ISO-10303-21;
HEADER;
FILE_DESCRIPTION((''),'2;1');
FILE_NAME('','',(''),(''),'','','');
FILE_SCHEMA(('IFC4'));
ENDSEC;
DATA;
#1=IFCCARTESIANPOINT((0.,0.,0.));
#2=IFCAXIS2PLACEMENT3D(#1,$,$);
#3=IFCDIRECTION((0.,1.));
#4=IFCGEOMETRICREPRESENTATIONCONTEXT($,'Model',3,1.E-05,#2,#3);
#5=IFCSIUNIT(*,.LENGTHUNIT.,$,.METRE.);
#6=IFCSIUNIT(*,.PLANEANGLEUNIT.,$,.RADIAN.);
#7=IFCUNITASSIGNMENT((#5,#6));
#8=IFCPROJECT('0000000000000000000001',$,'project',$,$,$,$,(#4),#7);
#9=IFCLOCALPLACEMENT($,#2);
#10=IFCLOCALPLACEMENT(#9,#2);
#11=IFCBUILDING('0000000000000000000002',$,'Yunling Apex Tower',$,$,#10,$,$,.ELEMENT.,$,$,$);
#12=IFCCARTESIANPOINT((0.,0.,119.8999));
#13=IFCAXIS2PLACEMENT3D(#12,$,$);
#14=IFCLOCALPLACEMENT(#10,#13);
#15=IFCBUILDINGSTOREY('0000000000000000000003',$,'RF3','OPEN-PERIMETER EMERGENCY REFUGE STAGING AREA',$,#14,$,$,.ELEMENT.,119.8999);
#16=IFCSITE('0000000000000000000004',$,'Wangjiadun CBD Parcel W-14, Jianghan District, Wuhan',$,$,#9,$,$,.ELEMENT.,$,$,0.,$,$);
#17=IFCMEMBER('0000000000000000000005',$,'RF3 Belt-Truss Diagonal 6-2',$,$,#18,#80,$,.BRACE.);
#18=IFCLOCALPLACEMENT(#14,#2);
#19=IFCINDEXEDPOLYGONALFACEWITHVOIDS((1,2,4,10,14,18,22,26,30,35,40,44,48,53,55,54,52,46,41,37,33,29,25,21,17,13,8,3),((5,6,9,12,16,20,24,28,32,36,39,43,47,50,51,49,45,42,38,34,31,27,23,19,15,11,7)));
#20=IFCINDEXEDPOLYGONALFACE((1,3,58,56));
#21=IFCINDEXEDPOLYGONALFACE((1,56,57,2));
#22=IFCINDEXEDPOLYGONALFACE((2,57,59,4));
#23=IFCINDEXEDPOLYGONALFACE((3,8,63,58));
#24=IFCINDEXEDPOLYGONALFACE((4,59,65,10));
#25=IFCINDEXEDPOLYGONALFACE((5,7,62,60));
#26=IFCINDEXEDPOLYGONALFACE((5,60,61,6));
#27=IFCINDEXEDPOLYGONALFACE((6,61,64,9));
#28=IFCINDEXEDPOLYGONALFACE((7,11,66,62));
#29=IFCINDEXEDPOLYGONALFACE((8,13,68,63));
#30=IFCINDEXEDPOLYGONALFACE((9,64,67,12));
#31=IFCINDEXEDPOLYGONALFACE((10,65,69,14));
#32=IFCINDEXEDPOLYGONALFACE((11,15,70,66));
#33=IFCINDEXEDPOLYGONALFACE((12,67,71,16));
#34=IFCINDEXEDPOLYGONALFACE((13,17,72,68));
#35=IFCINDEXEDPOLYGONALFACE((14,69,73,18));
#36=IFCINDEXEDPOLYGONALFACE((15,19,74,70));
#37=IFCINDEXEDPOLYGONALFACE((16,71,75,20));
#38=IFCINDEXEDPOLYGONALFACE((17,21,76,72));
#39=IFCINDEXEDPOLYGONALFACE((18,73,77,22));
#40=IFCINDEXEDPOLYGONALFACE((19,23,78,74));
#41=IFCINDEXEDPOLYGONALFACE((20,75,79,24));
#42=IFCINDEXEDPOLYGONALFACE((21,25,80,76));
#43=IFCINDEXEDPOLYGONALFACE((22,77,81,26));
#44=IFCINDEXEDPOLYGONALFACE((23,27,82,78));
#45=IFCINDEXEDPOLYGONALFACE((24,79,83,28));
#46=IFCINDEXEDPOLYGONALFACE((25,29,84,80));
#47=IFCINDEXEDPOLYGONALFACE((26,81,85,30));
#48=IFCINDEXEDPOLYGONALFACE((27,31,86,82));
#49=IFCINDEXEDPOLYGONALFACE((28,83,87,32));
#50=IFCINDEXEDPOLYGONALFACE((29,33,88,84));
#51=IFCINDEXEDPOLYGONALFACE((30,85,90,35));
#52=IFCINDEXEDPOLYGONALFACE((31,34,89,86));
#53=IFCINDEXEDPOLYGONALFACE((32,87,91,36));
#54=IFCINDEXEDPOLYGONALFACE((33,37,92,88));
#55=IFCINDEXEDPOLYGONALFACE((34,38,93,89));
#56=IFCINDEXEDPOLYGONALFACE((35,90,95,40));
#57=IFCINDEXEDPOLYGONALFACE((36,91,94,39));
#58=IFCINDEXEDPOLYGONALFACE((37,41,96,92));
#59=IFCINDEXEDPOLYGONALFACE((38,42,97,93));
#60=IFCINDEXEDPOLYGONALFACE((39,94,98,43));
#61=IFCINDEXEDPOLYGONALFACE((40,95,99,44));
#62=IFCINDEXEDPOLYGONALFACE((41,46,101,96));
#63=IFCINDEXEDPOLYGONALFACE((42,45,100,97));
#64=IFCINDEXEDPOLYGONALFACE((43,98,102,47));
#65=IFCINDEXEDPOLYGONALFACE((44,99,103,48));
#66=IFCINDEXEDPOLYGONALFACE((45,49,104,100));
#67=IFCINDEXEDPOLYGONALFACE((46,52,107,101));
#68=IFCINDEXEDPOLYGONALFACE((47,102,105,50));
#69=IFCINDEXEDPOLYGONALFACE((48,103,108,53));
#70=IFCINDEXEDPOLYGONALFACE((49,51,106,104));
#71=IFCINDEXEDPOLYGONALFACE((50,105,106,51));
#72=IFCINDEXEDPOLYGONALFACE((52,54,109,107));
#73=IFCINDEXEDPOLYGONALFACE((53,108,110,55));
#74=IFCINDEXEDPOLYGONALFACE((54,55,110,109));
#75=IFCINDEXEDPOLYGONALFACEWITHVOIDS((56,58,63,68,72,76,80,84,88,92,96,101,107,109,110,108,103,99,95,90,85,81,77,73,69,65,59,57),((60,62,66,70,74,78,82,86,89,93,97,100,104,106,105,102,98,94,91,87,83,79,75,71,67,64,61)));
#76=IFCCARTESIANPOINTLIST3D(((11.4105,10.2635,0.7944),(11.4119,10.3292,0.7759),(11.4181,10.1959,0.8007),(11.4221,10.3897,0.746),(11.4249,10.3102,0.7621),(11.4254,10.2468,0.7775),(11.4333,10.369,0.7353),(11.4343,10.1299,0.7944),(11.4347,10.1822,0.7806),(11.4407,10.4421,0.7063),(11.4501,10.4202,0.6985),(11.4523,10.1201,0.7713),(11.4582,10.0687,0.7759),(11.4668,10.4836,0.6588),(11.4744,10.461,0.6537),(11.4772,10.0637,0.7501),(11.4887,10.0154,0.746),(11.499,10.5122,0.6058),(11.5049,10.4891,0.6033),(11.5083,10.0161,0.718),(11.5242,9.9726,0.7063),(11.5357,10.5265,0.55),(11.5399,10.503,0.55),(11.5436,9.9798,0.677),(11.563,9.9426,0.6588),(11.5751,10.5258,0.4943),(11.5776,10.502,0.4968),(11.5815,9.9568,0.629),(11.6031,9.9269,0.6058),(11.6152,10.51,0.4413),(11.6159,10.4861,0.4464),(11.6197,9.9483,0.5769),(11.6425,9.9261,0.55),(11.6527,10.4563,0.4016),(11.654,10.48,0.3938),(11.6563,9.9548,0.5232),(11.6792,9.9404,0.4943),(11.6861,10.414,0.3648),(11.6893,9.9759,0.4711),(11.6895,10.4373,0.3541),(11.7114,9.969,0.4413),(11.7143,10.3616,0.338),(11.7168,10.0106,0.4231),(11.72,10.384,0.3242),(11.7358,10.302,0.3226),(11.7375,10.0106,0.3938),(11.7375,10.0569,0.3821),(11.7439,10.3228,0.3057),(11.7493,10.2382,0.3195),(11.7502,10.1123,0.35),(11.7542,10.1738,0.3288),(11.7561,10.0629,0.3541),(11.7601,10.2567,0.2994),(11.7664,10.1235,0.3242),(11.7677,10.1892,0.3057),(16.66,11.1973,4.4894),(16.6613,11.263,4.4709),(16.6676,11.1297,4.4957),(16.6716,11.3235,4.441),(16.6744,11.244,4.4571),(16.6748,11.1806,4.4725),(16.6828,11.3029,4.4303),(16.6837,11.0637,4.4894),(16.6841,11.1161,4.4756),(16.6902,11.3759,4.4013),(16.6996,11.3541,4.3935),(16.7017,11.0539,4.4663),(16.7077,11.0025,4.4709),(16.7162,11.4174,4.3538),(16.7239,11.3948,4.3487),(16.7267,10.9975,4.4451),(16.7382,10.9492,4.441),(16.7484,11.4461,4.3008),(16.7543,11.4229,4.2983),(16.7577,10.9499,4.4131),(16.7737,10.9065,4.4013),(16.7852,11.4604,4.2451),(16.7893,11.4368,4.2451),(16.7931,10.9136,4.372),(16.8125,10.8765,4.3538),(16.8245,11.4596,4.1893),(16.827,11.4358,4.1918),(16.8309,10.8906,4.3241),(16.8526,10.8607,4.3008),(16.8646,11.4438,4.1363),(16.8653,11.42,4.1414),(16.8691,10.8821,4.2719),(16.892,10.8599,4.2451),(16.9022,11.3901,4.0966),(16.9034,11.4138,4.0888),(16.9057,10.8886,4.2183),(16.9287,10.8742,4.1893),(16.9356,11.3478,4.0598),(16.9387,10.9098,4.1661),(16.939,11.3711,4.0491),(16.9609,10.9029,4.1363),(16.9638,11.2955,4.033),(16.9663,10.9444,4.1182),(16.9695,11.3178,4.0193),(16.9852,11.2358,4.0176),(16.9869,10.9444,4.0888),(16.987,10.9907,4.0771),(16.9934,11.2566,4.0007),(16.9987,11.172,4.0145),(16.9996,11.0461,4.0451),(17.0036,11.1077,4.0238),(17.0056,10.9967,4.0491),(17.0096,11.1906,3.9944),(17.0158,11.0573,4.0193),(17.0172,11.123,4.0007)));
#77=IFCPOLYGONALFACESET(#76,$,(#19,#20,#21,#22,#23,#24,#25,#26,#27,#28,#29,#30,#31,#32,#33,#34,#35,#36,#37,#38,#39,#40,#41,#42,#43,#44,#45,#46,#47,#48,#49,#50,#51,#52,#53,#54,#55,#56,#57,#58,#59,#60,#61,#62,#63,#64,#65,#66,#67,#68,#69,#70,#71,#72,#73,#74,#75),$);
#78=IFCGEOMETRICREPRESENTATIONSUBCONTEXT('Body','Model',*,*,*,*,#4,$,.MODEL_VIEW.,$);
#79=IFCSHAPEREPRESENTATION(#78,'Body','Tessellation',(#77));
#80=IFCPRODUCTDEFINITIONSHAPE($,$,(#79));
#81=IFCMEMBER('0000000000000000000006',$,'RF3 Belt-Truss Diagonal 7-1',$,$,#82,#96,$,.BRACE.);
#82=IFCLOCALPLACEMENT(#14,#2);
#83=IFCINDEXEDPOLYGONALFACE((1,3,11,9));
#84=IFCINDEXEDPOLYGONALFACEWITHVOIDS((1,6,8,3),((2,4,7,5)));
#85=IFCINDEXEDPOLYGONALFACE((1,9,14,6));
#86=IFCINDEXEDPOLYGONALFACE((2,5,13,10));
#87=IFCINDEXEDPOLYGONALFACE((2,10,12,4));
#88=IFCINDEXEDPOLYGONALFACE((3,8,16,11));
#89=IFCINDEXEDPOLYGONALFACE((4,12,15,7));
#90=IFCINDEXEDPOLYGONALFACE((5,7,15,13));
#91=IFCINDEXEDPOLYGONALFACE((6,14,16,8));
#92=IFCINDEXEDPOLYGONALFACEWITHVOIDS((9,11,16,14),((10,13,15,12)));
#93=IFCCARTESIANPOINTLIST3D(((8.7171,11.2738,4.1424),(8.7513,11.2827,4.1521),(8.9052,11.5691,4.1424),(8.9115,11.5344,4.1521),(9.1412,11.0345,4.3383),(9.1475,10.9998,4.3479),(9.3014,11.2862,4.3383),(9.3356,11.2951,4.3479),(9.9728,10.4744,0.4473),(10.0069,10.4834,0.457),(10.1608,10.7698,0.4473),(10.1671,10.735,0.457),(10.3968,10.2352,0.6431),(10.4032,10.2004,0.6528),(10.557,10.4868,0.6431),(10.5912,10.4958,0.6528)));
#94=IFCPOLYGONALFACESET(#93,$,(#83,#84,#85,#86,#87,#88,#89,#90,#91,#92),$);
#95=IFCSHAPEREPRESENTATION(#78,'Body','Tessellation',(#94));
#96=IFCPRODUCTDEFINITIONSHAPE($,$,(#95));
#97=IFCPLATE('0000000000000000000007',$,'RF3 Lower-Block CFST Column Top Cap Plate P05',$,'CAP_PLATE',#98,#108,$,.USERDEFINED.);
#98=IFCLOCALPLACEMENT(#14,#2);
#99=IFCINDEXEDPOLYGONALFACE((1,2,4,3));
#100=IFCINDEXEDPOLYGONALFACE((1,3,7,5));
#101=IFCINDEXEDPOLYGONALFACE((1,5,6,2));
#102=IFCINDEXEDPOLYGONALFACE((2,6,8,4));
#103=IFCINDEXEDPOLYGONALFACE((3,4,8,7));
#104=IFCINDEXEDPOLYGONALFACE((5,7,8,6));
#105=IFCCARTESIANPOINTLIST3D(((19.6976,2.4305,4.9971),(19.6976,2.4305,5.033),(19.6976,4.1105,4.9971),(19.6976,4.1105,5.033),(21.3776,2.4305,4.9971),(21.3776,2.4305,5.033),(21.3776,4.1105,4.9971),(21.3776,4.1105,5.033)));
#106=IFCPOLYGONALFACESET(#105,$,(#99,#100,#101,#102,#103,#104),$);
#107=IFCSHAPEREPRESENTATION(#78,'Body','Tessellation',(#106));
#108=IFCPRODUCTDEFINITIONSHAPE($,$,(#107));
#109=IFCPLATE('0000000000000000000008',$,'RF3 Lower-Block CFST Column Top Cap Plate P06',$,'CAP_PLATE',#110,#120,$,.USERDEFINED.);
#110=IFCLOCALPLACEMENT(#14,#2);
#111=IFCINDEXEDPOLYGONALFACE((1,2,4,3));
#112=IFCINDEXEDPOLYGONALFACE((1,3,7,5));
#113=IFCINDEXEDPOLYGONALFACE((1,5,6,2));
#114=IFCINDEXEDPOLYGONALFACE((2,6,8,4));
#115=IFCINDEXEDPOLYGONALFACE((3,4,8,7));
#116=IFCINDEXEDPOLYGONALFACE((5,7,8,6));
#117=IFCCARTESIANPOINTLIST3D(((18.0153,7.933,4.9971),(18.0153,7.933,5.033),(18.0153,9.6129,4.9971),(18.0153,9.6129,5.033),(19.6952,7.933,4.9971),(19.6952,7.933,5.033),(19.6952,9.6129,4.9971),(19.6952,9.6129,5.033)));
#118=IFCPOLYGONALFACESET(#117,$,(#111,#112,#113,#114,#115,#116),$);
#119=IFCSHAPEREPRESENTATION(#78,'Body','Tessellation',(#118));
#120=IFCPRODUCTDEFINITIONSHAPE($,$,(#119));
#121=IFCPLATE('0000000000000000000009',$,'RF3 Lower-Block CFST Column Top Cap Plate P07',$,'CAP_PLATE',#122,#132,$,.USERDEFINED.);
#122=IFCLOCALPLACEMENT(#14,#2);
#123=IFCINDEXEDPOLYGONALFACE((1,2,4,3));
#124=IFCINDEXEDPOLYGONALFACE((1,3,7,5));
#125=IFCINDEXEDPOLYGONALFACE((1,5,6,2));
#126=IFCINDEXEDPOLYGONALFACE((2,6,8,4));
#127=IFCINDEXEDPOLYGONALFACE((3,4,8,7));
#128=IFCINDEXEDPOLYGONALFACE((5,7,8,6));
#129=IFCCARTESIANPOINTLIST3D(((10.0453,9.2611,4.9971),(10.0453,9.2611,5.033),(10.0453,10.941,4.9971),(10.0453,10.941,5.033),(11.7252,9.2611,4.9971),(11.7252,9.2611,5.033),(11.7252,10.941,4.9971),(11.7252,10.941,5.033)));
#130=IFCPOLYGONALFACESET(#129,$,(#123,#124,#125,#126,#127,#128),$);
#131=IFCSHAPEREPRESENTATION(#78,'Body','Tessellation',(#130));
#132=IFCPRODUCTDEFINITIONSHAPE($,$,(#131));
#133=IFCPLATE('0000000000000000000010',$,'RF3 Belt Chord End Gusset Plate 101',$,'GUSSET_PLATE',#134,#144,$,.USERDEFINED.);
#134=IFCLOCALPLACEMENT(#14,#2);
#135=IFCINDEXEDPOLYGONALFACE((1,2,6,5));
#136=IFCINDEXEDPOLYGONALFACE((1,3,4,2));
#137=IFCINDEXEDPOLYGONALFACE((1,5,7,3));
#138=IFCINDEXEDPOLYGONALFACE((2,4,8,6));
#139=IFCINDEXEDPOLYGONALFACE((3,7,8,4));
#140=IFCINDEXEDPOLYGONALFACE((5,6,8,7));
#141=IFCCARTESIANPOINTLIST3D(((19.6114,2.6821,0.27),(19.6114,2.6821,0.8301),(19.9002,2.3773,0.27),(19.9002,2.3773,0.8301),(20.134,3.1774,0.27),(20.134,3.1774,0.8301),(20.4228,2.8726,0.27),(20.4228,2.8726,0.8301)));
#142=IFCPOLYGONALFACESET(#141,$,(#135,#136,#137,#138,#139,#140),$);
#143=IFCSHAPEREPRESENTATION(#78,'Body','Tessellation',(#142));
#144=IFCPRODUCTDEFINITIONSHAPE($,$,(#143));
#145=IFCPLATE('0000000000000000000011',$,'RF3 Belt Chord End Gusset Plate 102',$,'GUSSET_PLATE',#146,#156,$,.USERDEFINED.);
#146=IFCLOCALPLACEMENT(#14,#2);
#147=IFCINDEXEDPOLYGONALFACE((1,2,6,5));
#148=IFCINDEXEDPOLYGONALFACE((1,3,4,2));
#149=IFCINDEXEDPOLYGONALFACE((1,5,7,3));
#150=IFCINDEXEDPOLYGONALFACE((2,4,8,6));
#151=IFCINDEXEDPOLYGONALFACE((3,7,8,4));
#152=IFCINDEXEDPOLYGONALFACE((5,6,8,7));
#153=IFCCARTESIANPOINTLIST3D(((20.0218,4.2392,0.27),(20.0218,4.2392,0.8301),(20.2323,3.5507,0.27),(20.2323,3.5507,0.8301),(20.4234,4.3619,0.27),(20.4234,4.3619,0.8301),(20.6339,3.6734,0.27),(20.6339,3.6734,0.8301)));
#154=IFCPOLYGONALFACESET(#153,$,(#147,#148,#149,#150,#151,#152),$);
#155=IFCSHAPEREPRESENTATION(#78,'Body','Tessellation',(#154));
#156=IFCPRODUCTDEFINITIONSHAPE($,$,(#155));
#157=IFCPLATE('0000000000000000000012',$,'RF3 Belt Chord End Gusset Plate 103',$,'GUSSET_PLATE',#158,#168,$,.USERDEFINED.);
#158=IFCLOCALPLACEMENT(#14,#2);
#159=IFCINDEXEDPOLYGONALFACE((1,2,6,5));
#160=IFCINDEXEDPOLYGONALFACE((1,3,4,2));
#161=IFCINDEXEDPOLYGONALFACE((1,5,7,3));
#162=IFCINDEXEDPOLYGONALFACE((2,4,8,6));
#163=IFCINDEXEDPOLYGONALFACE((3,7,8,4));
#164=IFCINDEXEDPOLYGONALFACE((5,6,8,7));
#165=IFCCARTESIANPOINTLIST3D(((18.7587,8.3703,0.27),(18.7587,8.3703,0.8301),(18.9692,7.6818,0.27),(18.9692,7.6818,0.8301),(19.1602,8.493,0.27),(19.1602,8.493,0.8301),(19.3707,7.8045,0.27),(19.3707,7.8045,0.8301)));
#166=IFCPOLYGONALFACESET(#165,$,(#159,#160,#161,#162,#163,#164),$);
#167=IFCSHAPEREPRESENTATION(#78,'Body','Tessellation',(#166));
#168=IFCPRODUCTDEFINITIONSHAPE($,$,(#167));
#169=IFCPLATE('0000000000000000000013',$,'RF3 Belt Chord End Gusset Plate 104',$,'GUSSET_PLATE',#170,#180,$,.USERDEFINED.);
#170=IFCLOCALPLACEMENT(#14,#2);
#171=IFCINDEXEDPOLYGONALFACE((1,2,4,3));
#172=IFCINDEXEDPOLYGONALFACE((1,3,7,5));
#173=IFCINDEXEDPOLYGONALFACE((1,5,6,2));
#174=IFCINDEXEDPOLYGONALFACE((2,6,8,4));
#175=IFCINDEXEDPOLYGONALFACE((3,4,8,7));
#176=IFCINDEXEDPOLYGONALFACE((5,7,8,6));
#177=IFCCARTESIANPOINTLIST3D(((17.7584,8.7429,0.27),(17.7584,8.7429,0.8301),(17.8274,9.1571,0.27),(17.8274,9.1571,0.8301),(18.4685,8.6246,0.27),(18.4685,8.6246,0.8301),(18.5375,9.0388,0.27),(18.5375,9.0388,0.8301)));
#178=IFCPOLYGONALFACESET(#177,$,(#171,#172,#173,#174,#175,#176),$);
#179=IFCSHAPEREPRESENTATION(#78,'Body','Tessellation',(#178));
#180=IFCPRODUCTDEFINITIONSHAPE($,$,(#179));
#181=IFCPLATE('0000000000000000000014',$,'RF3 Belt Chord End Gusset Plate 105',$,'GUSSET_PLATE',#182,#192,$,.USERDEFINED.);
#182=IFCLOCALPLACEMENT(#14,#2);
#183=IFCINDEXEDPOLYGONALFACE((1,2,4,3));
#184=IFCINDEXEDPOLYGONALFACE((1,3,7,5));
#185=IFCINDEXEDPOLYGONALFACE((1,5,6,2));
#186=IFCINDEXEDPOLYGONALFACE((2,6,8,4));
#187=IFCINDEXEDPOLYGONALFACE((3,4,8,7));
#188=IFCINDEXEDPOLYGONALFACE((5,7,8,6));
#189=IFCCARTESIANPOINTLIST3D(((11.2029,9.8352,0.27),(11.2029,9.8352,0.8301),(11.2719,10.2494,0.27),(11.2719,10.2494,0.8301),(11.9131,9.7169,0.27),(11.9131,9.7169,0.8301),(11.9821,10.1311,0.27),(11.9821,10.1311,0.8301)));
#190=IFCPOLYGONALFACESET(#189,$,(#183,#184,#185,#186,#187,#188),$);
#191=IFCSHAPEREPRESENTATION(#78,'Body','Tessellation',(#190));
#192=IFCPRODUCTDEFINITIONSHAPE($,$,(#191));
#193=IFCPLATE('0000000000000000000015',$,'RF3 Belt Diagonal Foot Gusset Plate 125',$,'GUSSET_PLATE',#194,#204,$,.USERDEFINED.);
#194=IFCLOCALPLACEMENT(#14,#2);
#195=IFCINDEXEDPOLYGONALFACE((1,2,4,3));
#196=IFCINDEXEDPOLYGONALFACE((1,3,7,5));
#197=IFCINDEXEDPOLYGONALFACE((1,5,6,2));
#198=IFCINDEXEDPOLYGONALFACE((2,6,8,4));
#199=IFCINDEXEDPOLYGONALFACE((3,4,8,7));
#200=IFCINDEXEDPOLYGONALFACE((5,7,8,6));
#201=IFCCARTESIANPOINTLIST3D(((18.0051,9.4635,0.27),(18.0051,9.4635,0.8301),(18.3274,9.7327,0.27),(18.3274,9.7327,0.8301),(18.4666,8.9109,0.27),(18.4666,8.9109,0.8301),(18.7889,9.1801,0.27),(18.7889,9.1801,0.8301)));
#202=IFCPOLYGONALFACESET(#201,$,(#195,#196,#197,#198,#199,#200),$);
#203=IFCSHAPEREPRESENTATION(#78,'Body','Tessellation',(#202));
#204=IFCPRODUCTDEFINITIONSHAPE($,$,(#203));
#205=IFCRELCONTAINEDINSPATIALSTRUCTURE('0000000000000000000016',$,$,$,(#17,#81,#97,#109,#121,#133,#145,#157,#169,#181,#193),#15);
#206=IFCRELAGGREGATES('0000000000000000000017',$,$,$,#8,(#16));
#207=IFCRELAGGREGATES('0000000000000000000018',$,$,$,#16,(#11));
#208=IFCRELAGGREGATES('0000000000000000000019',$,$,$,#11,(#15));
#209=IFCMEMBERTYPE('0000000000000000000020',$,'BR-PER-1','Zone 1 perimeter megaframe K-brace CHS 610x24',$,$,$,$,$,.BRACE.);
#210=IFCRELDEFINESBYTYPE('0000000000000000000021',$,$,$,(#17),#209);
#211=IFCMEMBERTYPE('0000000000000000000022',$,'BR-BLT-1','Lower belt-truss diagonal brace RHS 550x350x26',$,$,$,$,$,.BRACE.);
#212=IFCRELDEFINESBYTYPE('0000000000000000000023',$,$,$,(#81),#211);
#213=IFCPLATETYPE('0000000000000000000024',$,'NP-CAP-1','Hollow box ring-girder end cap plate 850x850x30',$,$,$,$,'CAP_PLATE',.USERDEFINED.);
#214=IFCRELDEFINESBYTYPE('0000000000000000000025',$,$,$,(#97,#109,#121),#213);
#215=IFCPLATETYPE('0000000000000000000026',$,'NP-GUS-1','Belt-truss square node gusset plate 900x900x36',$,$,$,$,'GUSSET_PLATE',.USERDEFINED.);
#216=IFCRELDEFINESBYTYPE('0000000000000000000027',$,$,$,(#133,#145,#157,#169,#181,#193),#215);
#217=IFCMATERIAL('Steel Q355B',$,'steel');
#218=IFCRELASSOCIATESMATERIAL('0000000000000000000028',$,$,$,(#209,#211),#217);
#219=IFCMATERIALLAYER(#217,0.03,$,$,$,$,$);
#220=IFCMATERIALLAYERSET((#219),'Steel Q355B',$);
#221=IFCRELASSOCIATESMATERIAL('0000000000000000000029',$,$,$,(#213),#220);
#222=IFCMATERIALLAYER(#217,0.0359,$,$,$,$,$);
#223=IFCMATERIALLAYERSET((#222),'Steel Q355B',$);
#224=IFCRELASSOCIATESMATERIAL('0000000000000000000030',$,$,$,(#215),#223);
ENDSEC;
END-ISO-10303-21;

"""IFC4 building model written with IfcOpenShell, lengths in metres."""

from ifc_helpers import new_model, si_unit, direction, frame, origin, origin_2d, place, context, subcontext, project, spatial, rectangle, hollow_rectangle, hollow_circle, extrude, source, transform, mapped, material, layer, layer_set, material_profile, profile_set, type_object, element, save


model = new_model("IFC4")

# Units and contexts
model_context = context("Model", 3, precision=1e-05, world=origin(), true_north=direction((0.0, 1.0)))
body_context = subcontext(model_context, "Body", "Model", "MODEL_VIEW")
ifc_project = project(units=[si_unit("LENGTHUNIT", "METRE"), si_unit("PLANEANGLEUNIT", "RADIAN")], contexts=[model_context])

# Site, building, storey
site_placement = place(None, origin())
site = spatial("IfcSite", under=ifc_project, at=site_placement, Name="Wangjiadun CBD Parcel W-14, Jianghan District, Wuhan", CompositionType="ELEMENT", RefElevation=0.0)
building_placement = place(site_placement, origin())
building = spatial("IfcBuilding", under=site, at=building_placement, Name="Yunling Apex Tower", CompositionType="ELEMENT")
storey_placement = place(building_placement, frame((0.0, 0.0, 119.8999)))
storey = spatial("IfcBuildingStorey", under=building, at=storey_placement, Name="RF3", Description="OPEN-PERIMETER EMERGENCY REFUGE STAGING AREA", CompositionType="ELEMENT", Elevation=119.8999)

# Shared definitions
ifc_material_1 = material(Name="Steel Q355B", Category="steel")
ifc_material_profile_1 = material_profile(ifc_material_1, hollow_circle(Radius=0.3049, WallThickness=0.0239, at=origin_2d()))
ifc_profile_set_1 = profile_set([ifc_material_profile_1], Name="Steel Q355B")
member_type_1 = type_object("IfcMemberType", Name="BR-PER-1", Description="Zone 1 perimeter megaframe K-brace CHS 610x24", PredefinedType="BRACE", material=ifc_profile_set_1)

# Members
ifc_material_profile_2 = material_profile(ifc_material_1, hollow_rectangle(XDim=0.3501, YDim=0.55, WallThickness=0.0259, at=origin_2d()))
ifc_profile_set_2 = profile_set([ifc_material_profile_2], Name="Steel Q355B")
member_type_2 = type_object("IfcMemberType", Name="BR-BLT-1", Description="Lower belt-truss diagonal brace RHS 550x350x26", PredefinedType="BRACE", material=ifc_profile_set_2)
shared_shape_1 = source(origin(), body_context, "Body", "SweptSolid", [
    extrude(hollow_circle(Radius=0.3049, WallThickness=0.0239, at=origin_2d()), origin(), (0.0, 0.0, 1.0), 6.4871),
])
member_1_placement = place(storey_placement, frame((11.5891, 10.2263, 0.55), z_axis=(0.809218, 0.143952, 0.569599), x_axis=(-0.175141, 0.984543, 0.0)))
element("IfcMember", 1, at=member_1_placement, inside=storey, type_object=member_type_1, Name="RF3 Belt-Truss Diagonal 6-2", PredefinedType="BRACE", context=body_context, shape_type="MappedRepresentation", body=[
    mapped(shared_shape_1, transform((0.0, 0.0, 0.0), scale=1.0)),
])
shared_shape_2 = source(origin(), body_context, "Body", "SweptSolid", [
    extrude(hollow_rectangle(XDim=0.3501, YDim=0.55, WallThickness=0.0259, at=origin_2d()), origin(), (0.0, 0.0, 1.0), 3.9836),
])
member_2_placement = place(storey_placement, frame((10.282, 10.4851, 0.55), z_axis=(-0.315197, 0.200652, 0.927572), x_axis=(-0.537013, -0.843574, 0.0)))
element("IfcMember", 2, at=member_2_placement, inside=storey, type_object=member_type_2, Name="RF3 Belt-Truss Diagonal 7-1", PredefinedType="BRACE", context=body_context, shape_type="MappedRepresentation", body=[
    mapped(shared_shape_2, transform((0.0, 0.0, 0.0), scale=1.0)),
])

# Plates
ifc_layer_1 = layer(ifc_material_1, 0.03)
ifc_layer_set_1 = layer_set([ifc_layer_1], Name="Steel Q355B")
plate_type_1 = type_object("IfcPlateType", Name="NP-CAP-1", Description="Hollow box ring-girder end cap plate 850x850x30", ElementType="CAP_PLATE", PredefinedType="USERDEFINED", material=ifc_layer_set_1)
shared_shape_3 = source(origin(), body_context, "Body", "SweptSolid", [
    extrude(rectangle(XDim=1.6799, YDim=1.6799, at=origin_2d()), origin(), (0.0, 0.0, 1.0), 0.0359),
])
for number, where, z_axis, x_axis, name in (
    (3, (20.5376, 3.2705, 4.9971), (0.0, 0.0, 1.0), (1.0, 0.0, 0.0), "RF3 Lower-Block CFST Column Top Cap Plate P05"),
    (4, (18.8552, 8.7729, 4.9971), (0.0, 0.0, 1.0), (1.0, 0.0, 0.0), "RF3 Lower-Block CFST Column Top Cap Plate P06"),
    (5, (10.8853, 10.1011, 4.9971), (0.0, 0.0, 1.0), (1.0, 0.0, 0.0), "RF3 Lower-Block CFST Column Top Cap Plate P07"),
):
    element("IfcPlate", number, at=place(storey_placement, frame(where, z_axis=z_axis, x_axis=x_axis)), inside=storey, type_object=plate_type_1, Name=name, ObjectType="CAP_PLATE", PredefinedType="USERDEFINED", context=body_context, shape_type="MappedRepresentation", body=[
        mapped(shared_shape_3, transform((0.0, 0.0, 0.0), scale=1.0)),
    ])
ifc_layer_2 = layer(ifc_material_1, 0.0359)
ifc_layer_set_2 = layer_set([ifc_layer_2], Name="Steel Q355B")
plate_type_2 = type_object("IfcPlateType", Name="NP-GUS-1", Description="Belt-truss square node gusset plate 900x900x36", ElementType="GUSSET_PLATE", PredefinedType="USERDEFINED", material=ifc_layer_set_2)
shared_shape_4 = source(origin(), body_context, "Body", "SweptSolid", [
    extrude(rectangle(XDim=0.72, YDim=0.4199, at=origin_2d()), origin(), (0.0, 0.0, 1.0), 0.5601),
])
for number, where, z_axis, x_axis, name in (
    (6, (20.0171, 2.7773, 0.27), (0.0, 0.0, 1.0), (0.725855, 0.687848, 0.0), "RF3 Belt Chord End Gusset Plate 101"),
    (7, (20.3279, 3.9563, 0.27), (0.0, 0.0, 1.0), (-0.292372, 0.956305, 0.0), "RF3 Belt Chord End Gusset Plate 102"),
    (8, (19.0647, 8.0874, 0.27), (0.0, 0.0, 1.0), (-0.292372, 0.956305, 0.0), "RF3 Belt Chord End Gusset Plate 103"),
    (9, (18.1479, 8.8909, 0.27), (0.0, 0.0, 1.0), (-0.986401, 0.164359, 0.0), "RF3 Belt Chord End Gusset Plate 104"),
    (10, (11.5925, 9.9832, 0.27), (0.0, 0.0, 1.0), (-0.986401, 0.164359, 0.0), "RF3 Belt Chord End Gusset Plate 105"),
    (11, (18.397, 9.3218, 0.27), (0.0, 0.0, 1.0), (-0.641048, 0.767501, 0.0), "RF3 Belt Diagonal Foot Gusset Plate 125"),
):
    element("IfcPlate", number, at=place(storey_placement, frame(where, z_axis=z_axis, x_axis=x_axis)), inside=storey, type_object=plate_type_2, Name=name, ObjectType="GUSSET_PLATE", PredefinedType="USERDEFINED", context=body_context, shape_type="MappedRepresentation", body=[
        mapped(shared_shape_4, transform((0.0, 0.0, 0.0), scale=1.0)),
    ])

save(model, "model.ifc")
